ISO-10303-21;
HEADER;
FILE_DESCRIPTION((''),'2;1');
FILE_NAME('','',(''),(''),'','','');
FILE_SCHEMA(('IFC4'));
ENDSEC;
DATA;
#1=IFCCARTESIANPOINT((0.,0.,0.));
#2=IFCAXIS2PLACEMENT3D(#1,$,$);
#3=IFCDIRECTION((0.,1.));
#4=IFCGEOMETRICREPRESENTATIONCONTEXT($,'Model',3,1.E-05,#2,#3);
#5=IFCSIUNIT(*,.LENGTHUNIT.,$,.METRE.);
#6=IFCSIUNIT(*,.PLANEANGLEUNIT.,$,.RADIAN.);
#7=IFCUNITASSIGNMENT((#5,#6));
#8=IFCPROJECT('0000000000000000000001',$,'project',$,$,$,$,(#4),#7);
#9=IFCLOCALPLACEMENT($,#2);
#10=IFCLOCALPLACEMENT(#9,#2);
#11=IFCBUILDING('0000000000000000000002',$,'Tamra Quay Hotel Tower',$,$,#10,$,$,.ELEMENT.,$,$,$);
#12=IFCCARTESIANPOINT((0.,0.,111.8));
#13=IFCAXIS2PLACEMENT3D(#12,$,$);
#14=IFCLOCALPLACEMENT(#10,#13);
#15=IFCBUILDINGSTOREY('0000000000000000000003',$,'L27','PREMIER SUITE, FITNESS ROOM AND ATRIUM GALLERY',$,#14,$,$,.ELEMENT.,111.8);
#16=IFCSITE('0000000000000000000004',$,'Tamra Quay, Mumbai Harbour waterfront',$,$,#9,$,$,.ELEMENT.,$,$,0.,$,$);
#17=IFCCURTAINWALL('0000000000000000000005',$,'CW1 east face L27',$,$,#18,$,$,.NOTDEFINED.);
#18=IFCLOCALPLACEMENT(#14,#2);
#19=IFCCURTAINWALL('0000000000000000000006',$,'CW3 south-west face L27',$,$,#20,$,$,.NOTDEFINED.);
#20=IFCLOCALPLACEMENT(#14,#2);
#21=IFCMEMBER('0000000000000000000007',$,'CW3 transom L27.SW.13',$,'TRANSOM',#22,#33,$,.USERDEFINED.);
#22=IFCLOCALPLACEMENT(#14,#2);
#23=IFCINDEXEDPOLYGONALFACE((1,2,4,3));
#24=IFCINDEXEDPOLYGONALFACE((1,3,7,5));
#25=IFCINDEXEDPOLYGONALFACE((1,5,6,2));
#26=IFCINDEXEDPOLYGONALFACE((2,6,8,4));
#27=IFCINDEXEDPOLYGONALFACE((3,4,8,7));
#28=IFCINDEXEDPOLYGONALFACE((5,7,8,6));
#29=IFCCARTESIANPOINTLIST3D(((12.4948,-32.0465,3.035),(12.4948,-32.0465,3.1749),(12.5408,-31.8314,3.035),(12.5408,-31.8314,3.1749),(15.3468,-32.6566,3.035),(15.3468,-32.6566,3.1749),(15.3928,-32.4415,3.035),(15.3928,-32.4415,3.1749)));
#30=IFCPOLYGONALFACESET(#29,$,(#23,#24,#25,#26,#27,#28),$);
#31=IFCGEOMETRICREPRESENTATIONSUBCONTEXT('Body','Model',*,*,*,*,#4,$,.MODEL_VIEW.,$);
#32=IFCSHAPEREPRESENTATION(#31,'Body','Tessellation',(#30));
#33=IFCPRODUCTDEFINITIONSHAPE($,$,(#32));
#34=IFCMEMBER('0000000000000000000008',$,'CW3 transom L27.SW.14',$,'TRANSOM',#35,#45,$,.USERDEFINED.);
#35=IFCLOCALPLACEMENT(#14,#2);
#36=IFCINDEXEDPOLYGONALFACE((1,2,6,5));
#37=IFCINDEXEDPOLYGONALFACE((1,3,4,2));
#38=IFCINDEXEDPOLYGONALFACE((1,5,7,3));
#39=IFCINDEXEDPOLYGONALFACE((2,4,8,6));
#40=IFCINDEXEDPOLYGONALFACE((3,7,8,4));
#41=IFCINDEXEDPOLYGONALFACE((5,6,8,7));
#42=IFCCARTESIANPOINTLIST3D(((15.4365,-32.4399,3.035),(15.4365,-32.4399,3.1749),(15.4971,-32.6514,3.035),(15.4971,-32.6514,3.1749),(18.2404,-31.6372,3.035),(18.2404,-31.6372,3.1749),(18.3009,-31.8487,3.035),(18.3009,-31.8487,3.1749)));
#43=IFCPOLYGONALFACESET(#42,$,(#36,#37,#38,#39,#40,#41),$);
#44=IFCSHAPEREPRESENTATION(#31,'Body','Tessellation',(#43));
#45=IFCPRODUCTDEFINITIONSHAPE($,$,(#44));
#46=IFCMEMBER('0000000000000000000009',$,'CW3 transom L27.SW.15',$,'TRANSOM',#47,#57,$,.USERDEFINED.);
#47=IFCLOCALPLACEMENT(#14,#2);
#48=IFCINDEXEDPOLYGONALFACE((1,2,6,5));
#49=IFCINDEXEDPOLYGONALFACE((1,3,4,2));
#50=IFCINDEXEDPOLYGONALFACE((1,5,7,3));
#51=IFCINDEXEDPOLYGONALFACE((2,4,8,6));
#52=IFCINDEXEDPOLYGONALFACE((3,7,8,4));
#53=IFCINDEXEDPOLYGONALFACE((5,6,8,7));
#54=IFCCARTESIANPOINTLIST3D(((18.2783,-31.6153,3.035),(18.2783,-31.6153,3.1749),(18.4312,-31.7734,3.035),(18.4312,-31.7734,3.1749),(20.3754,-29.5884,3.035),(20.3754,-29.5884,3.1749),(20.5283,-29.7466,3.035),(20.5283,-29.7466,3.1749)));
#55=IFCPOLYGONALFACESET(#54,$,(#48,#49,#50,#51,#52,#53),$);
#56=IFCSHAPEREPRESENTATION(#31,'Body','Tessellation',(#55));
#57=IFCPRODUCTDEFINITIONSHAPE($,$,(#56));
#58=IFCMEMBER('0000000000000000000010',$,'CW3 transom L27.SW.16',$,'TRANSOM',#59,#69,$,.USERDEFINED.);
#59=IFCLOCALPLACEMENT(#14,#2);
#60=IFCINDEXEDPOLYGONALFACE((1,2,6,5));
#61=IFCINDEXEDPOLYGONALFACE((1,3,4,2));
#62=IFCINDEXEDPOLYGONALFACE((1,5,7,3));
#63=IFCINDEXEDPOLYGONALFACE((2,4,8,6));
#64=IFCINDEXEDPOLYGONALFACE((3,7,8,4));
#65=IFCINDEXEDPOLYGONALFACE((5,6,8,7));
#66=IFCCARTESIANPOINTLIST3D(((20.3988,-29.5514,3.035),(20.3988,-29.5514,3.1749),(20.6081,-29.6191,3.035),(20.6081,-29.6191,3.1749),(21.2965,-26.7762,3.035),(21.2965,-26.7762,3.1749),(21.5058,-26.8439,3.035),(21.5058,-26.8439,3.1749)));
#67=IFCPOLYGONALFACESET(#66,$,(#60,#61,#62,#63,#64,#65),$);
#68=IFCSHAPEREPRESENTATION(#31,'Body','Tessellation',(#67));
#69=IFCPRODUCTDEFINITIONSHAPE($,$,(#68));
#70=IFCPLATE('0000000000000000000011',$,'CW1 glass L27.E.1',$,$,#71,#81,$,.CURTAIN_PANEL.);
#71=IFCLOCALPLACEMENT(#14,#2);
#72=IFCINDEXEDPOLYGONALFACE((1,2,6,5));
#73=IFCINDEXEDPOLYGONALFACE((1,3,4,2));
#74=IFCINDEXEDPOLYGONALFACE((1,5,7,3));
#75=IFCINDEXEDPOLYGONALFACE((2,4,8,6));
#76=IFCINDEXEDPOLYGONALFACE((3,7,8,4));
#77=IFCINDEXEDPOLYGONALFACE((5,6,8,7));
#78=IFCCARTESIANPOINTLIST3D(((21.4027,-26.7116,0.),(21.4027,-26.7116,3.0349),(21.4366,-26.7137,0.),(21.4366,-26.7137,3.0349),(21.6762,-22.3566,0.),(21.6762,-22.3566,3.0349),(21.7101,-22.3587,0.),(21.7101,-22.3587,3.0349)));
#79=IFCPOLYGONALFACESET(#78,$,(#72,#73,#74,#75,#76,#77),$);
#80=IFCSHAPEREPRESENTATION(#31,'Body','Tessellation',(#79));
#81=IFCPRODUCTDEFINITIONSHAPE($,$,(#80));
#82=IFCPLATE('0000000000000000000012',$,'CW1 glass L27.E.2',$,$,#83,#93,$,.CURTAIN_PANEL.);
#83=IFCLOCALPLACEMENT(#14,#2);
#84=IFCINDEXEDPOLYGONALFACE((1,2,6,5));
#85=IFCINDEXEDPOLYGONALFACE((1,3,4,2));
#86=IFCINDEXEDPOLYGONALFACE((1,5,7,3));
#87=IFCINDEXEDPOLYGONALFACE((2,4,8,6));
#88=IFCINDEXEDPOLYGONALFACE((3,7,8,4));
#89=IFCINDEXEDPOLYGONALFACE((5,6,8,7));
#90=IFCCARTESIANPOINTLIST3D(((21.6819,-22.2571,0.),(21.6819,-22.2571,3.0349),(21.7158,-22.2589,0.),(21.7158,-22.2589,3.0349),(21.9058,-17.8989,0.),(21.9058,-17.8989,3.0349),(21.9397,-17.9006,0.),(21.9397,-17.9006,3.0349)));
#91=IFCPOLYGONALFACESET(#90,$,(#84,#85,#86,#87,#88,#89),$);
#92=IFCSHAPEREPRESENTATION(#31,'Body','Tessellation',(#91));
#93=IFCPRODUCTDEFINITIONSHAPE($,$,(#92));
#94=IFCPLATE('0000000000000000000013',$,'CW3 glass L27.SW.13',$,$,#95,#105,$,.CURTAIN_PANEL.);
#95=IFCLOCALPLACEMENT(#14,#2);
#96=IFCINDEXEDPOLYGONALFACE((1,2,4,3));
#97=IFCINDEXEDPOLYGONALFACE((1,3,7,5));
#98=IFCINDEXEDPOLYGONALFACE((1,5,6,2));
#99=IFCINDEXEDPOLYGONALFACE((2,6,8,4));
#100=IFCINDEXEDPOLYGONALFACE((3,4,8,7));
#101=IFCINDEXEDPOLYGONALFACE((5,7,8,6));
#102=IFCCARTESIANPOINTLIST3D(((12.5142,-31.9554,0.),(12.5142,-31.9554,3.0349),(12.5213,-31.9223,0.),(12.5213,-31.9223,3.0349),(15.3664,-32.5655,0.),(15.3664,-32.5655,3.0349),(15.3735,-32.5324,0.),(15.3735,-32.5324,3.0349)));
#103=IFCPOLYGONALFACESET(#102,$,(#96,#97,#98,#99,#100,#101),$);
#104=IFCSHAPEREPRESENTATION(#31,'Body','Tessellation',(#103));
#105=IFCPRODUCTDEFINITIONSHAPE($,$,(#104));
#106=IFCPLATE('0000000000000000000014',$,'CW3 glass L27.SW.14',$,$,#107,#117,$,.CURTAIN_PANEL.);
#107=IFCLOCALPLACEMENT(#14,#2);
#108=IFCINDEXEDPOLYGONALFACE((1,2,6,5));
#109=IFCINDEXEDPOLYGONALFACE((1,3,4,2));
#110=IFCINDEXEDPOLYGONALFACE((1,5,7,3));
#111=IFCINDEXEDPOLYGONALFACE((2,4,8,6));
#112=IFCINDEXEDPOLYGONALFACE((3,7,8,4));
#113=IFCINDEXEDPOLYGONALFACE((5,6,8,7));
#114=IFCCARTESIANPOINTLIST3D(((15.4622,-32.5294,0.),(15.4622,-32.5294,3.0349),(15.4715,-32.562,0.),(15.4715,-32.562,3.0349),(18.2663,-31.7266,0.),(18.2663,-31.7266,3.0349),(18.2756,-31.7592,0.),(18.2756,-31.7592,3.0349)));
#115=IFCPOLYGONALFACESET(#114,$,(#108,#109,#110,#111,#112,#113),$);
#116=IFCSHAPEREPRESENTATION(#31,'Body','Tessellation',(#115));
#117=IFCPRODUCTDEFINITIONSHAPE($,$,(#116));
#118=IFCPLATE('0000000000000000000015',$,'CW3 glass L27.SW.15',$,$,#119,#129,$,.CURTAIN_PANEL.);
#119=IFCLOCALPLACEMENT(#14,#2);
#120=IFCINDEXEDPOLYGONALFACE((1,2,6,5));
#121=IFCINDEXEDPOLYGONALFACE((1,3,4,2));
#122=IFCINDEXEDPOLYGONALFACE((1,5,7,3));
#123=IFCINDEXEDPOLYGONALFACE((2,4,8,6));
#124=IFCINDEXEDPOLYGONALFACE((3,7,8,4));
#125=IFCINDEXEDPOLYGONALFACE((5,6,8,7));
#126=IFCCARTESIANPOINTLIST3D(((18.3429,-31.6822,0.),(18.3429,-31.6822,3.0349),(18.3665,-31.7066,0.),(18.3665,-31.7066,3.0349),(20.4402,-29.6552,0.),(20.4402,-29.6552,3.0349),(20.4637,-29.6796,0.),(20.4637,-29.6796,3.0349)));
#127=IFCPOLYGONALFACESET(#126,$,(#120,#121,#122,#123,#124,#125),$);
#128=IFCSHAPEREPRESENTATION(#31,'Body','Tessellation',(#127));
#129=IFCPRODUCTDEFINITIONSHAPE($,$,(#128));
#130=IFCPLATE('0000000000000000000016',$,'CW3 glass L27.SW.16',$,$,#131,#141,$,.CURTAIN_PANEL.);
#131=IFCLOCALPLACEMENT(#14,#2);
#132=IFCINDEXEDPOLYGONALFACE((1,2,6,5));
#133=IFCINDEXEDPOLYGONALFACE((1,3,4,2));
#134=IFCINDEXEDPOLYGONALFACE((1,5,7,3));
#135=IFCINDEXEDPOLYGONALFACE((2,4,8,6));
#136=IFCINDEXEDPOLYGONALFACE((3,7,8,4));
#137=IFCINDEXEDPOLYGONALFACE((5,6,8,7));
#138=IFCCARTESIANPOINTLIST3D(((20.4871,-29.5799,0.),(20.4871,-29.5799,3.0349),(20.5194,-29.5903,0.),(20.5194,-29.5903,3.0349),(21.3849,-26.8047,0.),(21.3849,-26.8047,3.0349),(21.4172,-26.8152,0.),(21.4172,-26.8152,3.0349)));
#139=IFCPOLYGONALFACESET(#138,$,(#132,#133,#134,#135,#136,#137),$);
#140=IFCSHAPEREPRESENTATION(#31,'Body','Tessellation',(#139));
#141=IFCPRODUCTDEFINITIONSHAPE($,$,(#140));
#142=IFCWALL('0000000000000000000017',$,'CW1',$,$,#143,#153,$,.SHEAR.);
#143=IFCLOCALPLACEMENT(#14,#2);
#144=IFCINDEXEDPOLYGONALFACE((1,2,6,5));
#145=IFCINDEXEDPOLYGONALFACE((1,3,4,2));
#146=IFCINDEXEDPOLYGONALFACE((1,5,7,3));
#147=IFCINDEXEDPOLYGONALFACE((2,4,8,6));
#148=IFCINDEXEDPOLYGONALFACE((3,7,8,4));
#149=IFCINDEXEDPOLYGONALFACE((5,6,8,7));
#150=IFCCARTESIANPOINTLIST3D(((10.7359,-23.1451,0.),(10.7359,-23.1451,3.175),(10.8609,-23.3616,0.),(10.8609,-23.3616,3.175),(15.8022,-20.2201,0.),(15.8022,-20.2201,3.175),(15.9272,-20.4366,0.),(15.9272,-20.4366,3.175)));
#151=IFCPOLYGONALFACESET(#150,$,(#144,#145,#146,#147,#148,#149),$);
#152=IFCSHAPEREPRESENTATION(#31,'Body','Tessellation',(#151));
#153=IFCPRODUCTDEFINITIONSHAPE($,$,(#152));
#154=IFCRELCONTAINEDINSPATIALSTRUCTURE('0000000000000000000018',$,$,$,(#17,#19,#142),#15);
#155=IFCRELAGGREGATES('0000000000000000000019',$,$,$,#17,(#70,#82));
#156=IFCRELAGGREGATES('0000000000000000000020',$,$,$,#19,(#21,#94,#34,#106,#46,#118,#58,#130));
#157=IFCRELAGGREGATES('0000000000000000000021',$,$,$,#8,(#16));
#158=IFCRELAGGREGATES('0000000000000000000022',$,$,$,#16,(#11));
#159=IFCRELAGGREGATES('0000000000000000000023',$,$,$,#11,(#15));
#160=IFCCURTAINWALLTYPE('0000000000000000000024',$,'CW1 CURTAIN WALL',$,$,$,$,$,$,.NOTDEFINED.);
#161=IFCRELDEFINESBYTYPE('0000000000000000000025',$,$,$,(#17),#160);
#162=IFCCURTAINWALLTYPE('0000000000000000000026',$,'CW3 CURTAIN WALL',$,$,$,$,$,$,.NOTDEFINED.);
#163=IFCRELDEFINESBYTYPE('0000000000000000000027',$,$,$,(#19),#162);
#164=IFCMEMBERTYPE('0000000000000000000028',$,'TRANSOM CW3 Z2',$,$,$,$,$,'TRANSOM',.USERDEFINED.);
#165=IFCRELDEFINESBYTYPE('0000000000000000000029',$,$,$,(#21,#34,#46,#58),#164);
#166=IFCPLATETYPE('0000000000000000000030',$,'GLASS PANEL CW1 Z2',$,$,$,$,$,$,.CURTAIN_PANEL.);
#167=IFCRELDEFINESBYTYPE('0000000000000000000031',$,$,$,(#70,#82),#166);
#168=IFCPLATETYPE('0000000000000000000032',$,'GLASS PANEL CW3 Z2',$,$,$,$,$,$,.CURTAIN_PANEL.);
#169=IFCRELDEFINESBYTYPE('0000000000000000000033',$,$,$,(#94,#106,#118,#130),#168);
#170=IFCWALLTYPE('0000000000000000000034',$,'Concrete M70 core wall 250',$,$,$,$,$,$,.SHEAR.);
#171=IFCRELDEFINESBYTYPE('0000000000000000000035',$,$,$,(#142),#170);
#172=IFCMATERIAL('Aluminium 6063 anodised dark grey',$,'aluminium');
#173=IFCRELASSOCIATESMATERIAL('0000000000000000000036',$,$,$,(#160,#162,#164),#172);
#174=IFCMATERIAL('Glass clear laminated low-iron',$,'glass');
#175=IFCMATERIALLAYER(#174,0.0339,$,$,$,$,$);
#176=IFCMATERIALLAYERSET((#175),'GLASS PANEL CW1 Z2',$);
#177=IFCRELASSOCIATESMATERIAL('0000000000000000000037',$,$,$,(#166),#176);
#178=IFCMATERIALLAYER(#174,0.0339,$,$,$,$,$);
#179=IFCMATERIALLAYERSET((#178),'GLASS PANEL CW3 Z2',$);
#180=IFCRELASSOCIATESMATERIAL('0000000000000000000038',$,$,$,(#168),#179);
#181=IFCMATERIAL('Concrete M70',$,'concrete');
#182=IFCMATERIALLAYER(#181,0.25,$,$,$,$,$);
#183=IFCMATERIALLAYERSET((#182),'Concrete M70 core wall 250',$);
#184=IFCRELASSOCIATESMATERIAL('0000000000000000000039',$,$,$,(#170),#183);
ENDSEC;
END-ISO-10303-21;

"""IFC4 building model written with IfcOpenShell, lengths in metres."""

from ifc_helpers import new_model, si_unit, direction, frame, frame_2d, origin, origin_2d, place, context, subcontext, project, spatial, rectangle, extrude, material, layer, layer_set, material_profile, profile_set, type_object, element, aggregate, save


model = new_model("IFC4")

# Units and contexts
model_context = context("Model", 3, precision=1e-05, world=origin(), true_north=direction((0.0, 1.0)))
body_context = subcontext(model_context, "Body", "Model", "MODEL_VIEW")
ifc_project = project(units=[si_unit("LENGTHUNIT", "METRE"), si_unit("PLANEANGLEUNIT", "RADIAN")], contexts=[model_context])

# Site, building, storey
site_placement = place(None, origin())
site = spatial("IfcSite", under=ifc_project, at=site_placement, Name="Tamra Quay, Mumbai Harbour waterfront", CompositionType="ELEMENT", RefElevation=0.0)
building_placement = place(site_placement, origin())
building = spatial("IfcBuilding", under=site, at=building_placement, Name="Tamra Quay Hotel Tower", CompositionType="ELEMENT")
storey_placement = place(building_placement, frame((0.0, 0.0, 111.8)))
storey = spatial("IfcBuildingStorey", under=building, at=storey_placement, Name="L27", Description="PREMIER SUITE, FITNESS ROOM AND ATRIUM GALLERY", CompositionType="ELEMENT", Elevation=111.8)

# Shared definitions
ifc_material_1 = material(Name="Concrete M70", Category="concrete")

# Curtain walls
ifc_material_2 = material(Name="Aluminium 6063 anodised dark grey", Category="aluminium")
curtain_wall_type_1 = type_object("IfcCurtainWallType", Name="CW1 CURTAIN WALL", PredefinedType="NOTDEFINED", material=ifc_material_2)
curtain_wall_1_placement = place(storey_placement, origin())
curtain_wall_1 = element("IfcCurtainWall", 1, at=curtain_wall_1_placement, inside=storey, type_object=curtain_wall_type_1, Name="CW1 east face L27", PredefinedType="NOTDEFINED")
curtain_wall_type_2 = type_object("IfcCurtainWallType", Name="CW3 CURTAIN WALL", PredefinedType="NOTDEFINED", material=ifc_material_2)
curtain_wall_2_placement = place(storey_placement, origin())
curtain_wall_2 = element("IfcCurtainWall", 2, at=curtain_wall_2_placement, inside=storey, type_object=curtain_wall_type_2, Name="CW3 south-west face L27", PredefinedType="NOTDEFINED")

# Members
ifc_material_profile_1 = material_profile(ifc_material_2, rectangle(XDim=0.22, YDim=0.1399, at=origin_2d()), Name="TRANSOM 220X140")
ifc_profile_set_1 = profile_set([ifc_material_profile_1], Name="Aluminium 6063 anodised dark grey")
member_type_1 = type_object("IfcMemberType", Name="TRANSOM CW3 Z2", ElementType="TRANSOM", PredefinedType="USERDEFINED", material=ifc_profile_set_1)
member_1_placement = place(storey_placement, frame((12.5178, -31.939, 3.105), z_axis=(0.977876, -0.209186, 0.0), x_axis=(0.209186, 0.977876, 0.0)))
member_1 = element("IfcMember", 3, at=member_1_placement, type_object=member_type_1, Name="CW3 transom L27.SW.13", ObjectType="TRANSOM", PredefinedType="USERDEFINED", context=body_context, shape_type="SweptSolid", body=[
    extrude(rectangle(XDim=0.22, YDim=0.1399, at=origin_2d()), origin(), (0.0, 0.0, 1.0), 2.9165),
])
member_2_placement = place(storey_placement, frame((15.4668, -32.5457, 3.105), z_axis=(0.961379, 0.27523, 0.0), x_axis=(-0.27523, 0.961379, 0.0)))
member_2 = element("IfcMember", 4, at=member_2_placement, type_object=member_type_1, Name="CW3 transom L27.SW.14", ObjectType="TRANSOM", PredefinedType="USERDEFINED", context=body_context, shape_type="SweptSolid", body=[
    extrude(rectangle(XDim=0.22, YDim=0.1399, at=origin_2d()), origin(), (0.0, 0.0, 1.0), 2.9165),
])
member_3_placement = place(storey_placement, frame((18.3547, -31.6943, 3.105), z_axis=(0.719058, 0.69495, 0.0), x_axis=(-0.69495, 0.719058, 0.0)))
member_3 = element("IfcMember", 5, at=member_3_placement, type_object=member_type_1, Name="CW3 transom L27.SW.15", ObjectType="TRANSOM", PredefinedType="USERDEFINED", context=body_context, shape_type="SweptSolid", body=[
    extrude(rectangle(XDim=0.22, YDim=0.1399, at=origin_2d()), origin(), (0.0, 0.0, 1.0), 2.9165),
])
member_4_placement = place(storey_placement, frame((20.5034, -29.5852, 3.105), z_axis=(0.307778, 0.951458, 0.0), x_axis=(-0.951458, 0.307778, 0.0)))
member_4 = element("IfcMember", 6, at=member_4_placement, type_object=member_type_1, Name="CW3 transom L27.SW.16", ObjectType="TRANSOM", PredefinedType="USERDEFINED", context=body_context, shape_type="SweptSolid", body=[
    extrude(rectangle(XDim=0.22, YDim=0.1399, at=origin_2d()), origin(), (0.0, 0.0, 1.0), 2.9167),
])

# Plates
ifc_material_3 = material(Name="Glass clear laminated low-iron", Category="glass")
ifc_layer_1 = layer(ifc_material_3, 0.0339)
ifc_layer_set_1 = layer_set([ifc_layer_1], Name="GLASS PANEL CW1 Z2")
plate_type_1 = type_object("IfcPlateType", Name="GLASS PANEL CW1 Z2", PredefinedType="CURTAIN_PANEL", material=ifc_layer_set_1)
plate_1_placement = place(storey_placement, frame((21.5564, -24.5352, 0.0), z_axis=(0.0, 0.0, 1.0), x_axis=(0.06267, 0.998034, 0.0)))
plate_1 = element("IfcPlate", 7, at=plate_1_placement, type_object=plate_type_1, Name="CW1 glass L27.E.1", PredefinedType="CURTAIN_PANEL", context=body_context, shape_type="SweptSolid", body=[
    extrude(rectangle(XDim=4.3635, YDim=0.0339, at=origin_2d()), origin(), (0.0, 0.0, 1.0), 3.0349),
])
plate_2_placement = place(storey_placement, frame((21.8108, -20.0789, 0.0), z_axis=(0.0, 0.0, 1.0), x_axis=(0.051321, 0.998682, 0.0)))
plate_2 = element("IfcPlate", 8, at=plate_2_placement, type_object=plate_type_1, Name="CW1 glass L27.E.2", PredefinedType="CURTAIN_PANEL", context=body_context, shape_type="SweptSolid", body=[
    extrude(rectangle(XDim=4.364, YDim=0.0339, at=origin_2d()), origin(), (0.0, 0.0, 1.0), 3.0349),
])
aggregate(curtain_wall_1, [plate_1, plate_2])
ifc_layer_2 = layer(ifc_material_3, 0.0339)
ifc_layer_set_2 = layer_set([ifc_layer_2], Name="GLASS PANEL CW3 Z2")
plate_type_2 = type_object("IfcPlateType", Name="GLASS PANEL CW3 Z2", PredefinedType="CURTAIN_PANEL", material=ifc_layer_set_2)
plate_3_placement = place(storey_placement, frame((13.9438, -32.2439, 0.0), z_axis=(0.0, 0.0, 1.0), x_axis=(0.977879, -0.209172, 0.0)))
plate_3 = element("IfcPlate", 9, at=plate_3_placement, type_object=plate_type_2, Name="CW3 glass L27.SW.13", PredefinedType="CURTAIN_PANEL", context=body_context, shape_type="SweptSolid", body=[
    extrude(rectangle(XDim=2.9167, YDim=0.0339, at=origin_2d()), origin(), (0.0, 0.0, 1.0), 3.0349),
])
plate_4_placement = place(storey_placement, frame((16.8689, -32.1443, 0.0), z_axis=(0.0, 0.0, 1.0), x_axis=(0.96138, 0.275224, 0.0)))
plate_4 = element("IfcPlate", 10, at=plate_4_placement, type_object=plate_type_2, Name="CW3 glass L27.SW.14", PredefinedType="CURTAIN_PANEL", context=body_context, shape_type="SweptSolid", body=[
    extrude(rectangle(XDim=2.9167, YDim=0.0339, at=origin_2d()), origin(), (0.0, 0.0, 1.0), 3.0349),
])
plate_5_placement = place(storey_placement, frame((19.4033, -30.6809, 0.0), z_axis=(0.0, 0.0, 1.0), x_axis=(0.719041, 0.694967, 0.0)))
plate_5 = element("IfcPlate", 11, at=plate_5_placement, type_object=plate_type_2, Name="CW3 glass L27.SW.15", PredefinedType="CURTAIN_PANEL", context=body_context, shape_type="SweptSolid", body=[
    extrude(rectangle(XDim=2.9167, YDim=0.0339, at=origin_2d()), origin(), (0.0, 0.0, 1.0), 3.0349),
])
plate_6_placement = place(storey_placement, frame((20.9521, -28.1975, 0.0), z_axis=(0.0, 0.0, 1.0), x_axis=(0.307791, 0.951454, 0.0)))
plate_6 = element("IfcPlate", 12, at=plate_6_placement, type_object=plate_type_2, Name="CW3 glass L27.SW.16", PredefinedType="CURTAIN_PANEL", context=body_context, shape_type="SweptSolid", body=[
    extrude(rectangle(XDim=2.9167, YDim=0.0339, at=origin_2d()), origin(), (0.0, 0.0, 1.0), 3.0349),
])
aggregate(curtain_wall_2, [member_1, plate_3, member_2, plate_4, member_3, plate_5, member_4, plate_6])

# Wall
ifc_layer_3 = layer(ifc_material_1, 0.25)
ifc_layer_set_3 = layer_set([ifc_layer_3], Name="Concrete M70 core wall 250")
wall_type = type_object("IfcWallType", Name="Concrete M70 core wall 250", PredefinedType="SHEAR", material=ifc_layer_set_3)
wall_placement = place(storey_placement, frame((15.8647, -20.3284, 0.0), z_axis=(0.0, 0.0, 1.0), x_axis=(-0.866029, -0.499995, 0.0)))
element("IfcWall", 13, at=wall_placement, inside=storey, type_object=wall_type, Name="CW1", PredefinedType="SHEAR", context=body_context, shape_type="SweptSolid", body=[
    extrude(rectangle(XDim=5.8501, YDim=0.25, at=frame_2d((2.925, 0.0))), origin(), (0.0, 0.0, 1.0), 3.175),
])

save(model, "model.ifc")
